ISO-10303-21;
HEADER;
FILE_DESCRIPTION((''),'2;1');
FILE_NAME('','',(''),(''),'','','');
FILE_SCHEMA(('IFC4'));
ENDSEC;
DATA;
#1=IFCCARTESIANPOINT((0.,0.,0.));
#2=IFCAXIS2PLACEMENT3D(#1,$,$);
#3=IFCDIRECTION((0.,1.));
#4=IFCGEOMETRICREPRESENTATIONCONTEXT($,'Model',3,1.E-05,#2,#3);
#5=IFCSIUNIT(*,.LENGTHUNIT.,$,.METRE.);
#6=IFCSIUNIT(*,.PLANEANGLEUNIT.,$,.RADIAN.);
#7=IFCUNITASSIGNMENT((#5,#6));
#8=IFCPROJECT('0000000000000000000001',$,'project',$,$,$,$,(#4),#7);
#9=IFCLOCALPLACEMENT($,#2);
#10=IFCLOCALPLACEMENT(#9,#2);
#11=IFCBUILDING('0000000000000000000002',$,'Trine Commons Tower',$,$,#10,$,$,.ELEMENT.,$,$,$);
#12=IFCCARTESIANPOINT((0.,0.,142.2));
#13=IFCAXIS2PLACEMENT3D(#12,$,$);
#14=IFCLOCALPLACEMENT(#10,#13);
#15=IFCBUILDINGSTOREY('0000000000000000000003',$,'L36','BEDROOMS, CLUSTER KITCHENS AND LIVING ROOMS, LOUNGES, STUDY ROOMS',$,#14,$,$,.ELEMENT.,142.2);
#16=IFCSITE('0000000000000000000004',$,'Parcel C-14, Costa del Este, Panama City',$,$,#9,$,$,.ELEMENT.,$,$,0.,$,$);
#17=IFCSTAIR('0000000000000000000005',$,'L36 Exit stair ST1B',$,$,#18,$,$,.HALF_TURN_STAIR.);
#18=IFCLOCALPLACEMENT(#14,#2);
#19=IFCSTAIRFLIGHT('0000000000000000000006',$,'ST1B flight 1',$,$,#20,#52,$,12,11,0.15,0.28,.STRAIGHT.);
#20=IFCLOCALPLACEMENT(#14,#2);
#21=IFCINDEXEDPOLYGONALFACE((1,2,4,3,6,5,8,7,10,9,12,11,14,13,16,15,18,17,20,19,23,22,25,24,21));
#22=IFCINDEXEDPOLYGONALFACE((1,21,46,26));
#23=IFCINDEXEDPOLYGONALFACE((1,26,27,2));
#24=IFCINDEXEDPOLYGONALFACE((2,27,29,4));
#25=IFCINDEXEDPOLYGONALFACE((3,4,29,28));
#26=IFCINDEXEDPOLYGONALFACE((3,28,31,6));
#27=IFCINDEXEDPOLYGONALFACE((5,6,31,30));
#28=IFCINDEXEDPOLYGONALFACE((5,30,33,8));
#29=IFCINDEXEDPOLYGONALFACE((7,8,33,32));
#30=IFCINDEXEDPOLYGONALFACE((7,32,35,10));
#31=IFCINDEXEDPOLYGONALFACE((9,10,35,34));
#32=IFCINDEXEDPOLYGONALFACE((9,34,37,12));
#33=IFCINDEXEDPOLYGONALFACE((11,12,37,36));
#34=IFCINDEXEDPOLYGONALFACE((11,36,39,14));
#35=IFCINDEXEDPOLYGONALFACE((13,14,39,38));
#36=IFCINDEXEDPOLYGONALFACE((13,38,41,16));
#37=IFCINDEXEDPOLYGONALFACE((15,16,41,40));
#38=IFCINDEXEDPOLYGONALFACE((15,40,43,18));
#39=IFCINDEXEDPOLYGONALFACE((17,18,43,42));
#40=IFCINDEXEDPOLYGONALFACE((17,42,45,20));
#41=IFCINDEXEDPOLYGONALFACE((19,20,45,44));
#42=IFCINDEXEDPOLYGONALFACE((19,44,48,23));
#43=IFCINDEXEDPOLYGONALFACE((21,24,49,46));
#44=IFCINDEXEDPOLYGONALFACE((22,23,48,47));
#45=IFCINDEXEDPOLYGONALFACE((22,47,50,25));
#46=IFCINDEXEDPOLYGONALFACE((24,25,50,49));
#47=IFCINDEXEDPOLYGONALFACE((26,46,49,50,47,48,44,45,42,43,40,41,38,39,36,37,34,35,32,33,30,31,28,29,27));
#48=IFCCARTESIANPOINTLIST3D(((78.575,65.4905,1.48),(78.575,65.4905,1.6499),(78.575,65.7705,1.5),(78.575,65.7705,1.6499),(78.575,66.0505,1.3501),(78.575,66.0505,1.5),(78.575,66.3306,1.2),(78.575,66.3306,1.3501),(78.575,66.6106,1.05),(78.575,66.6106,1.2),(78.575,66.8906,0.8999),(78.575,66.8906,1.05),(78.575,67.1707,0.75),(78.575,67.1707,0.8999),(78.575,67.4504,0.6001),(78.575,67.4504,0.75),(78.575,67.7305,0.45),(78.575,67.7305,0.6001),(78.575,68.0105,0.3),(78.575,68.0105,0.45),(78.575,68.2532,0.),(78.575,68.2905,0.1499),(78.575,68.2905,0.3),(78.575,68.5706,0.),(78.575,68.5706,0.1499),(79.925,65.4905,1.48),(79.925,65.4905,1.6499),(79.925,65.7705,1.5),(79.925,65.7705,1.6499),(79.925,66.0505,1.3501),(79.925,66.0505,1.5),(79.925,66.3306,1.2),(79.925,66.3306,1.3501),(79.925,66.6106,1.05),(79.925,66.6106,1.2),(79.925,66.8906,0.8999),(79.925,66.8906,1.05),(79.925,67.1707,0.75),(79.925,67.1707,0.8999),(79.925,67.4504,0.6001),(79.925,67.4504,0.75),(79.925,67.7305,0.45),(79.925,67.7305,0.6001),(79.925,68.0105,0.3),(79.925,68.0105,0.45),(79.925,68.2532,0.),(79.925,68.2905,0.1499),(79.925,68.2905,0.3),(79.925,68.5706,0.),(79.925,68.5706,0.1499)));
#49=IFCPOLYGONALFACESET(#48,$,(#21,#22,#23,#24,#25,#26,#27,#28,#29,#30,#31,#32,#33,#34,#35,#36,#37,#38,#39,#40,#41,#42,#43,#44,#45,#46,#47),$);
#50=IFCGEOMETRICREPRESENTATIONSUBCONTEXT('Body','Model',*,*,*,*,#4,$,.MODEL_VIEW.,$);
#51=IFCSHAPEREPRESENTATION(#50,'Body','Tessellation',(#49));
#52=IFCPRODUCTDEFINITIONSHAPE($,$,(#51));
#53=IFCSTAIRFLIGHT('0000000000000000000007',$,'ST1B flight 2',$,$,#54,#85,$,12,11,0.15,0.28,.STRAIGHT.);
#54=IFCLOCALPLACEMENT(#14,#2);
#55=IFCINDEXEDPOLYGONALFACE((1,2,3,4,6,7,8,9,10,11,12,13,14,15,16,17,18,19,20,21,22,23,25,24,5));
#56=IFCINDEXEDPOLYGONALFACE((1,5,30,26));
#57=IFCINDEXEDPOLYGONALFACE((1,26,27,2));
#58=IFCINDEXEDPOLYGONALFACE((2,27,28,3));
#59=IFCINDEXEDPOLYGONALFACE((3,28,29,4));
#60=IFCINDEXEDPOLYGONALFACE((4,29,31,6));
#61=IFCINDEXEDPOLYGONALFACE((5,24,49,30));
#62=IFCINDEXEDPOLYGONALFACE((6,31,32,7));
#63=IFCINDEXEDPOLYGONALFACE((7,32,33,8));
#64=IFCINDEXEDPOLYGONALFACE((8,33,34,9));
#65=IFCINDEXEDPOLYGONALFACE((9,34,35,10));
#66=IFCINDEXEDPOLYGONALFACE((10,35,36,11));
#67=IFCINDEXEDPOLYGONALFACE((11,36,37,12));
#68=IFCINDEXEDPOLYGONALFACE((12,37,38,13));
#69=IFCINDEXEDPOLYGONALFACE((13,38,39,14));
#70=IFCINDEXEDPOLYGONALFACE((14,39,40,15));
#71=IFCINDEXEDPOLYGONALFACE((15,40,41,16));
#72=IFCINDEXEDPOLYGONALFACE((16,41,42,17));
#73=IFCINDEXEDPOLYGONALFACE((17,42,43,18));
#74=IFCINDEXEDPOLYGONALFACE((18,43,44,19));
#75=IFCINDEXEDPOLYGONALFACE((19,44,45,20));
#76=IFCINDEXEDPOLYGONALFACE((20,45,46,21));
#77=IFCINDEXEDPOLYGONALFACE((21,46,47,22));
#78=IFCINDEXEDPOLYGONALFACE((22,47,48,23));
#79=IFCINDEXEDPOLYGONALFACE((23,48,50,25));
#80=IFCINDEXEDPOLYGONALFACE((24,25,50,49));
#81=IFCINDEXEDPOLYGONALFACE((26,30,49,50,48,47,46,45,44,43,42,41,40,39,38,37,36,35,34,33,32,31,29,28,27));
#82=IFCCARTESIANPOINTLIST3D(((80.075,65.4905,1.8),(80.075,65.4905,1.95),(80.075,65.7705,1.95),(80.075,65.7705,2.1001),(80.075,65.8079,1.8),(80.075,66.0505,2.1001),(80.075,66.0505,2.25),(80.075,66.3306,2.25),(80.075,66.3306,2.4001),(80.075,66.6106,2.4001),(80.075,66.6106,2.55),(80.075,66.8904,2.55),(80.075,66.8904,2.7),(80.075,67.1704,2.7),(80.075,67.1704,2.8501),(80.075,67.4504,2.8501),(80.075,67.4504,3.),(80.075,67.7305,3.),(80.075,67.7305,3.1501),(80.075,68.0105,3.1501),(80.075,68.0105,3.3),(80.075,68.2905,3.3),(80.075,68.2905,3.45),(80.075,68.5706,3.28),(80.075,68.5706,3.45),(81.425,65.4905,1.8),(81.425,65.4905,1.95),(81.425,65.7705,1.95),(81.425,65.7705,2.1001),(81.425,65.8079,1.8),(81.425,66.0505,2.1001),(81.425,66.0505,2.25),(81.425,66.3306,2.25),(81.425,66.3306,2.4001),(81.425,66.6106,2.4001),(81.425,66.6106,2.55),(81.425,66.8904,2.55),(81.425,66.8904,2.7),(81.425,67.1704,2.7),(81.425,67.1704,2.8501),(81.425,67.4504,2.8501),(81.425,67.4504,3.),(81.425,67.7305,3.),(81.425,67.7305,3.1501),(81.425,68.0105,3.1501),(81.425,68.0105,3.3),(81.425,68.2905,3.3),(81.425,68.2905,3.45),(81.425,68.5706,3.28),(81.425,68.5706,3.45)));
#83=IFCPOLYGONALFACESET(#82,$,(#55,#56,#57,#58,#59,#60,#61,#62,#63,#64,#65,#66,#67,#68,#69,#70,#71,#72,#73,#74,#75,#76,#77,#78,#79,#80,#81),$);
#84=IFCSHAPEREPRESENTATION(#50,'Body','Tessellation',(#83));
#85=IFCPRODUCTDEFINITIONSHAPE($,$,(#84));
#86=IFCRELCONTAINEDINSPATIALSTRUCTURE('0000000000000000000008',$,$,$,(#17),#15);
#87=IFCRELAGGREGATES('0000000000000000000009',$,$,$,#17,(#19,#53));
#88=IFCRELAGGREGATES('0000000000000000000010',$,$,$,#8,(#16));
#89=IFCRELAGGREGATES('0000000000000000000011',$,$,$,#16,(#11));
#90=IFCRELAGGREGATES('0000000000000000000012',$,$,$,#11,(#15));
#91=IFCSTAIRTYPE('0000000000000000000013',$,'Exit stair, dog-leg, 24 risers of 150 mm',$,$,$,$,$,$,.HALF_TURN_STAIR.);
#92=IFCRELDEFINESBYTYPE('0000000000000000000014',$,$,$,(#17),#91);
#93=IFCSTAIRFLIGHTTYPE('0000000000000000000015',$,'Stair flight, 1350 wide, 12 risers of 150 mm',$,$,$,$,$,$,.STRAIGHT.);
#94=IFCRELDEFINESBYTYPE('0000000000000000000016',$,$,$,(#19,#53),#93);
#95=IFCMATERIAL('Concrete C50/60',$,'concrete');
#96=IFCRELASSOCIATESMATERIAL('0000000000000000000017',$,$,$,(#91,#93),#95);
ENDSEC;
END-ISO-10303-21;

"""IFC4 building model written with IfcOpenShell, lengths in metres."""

from ifc_helpers import new_model, si_unit, direction, frame, origin, place, context, subcontext, project, spatial, polyline, outline, extrude, material, type_object, element, aggregate, save


model = new_model("IFC4")

# Units and contexts
model_context = context("Model", 3, precision=1e-05, world=origin(), true_north=direction((0.0, 1.0)))
body_context = subcontext(model_context, "Body", "Model", "MODEL_VIEW")
ifc_project = project(units=[si_unit("LENGTHUNIT", "METRE"), si_unit("PLANEANGLEUNIT", "RADIAN")], contexts=[model_context])

# Site, building, storey
site_placement = place(None, origin())
site = spatial("IfcSite", under=ifc_project, at=site_placement, Name="Parcel C-14, Costa del Este, Panama City", CompositionType="ELEMENT", RefElevation=0.0)
building_placement = place(site_placement, origin())
building = spatial("IfcBuilding", under=site, at=building_placement, Name="Trine Commons Tower", CompositionType="ELEMENT")
storey_placement = place(building_placement, frame((0.0, 0.0, 142.2)))
storey = spatial("IfcBuildingStorey", under=building, at=storey_placement, Name="L36", Description="BEDROOMS, CLUSTER KITCHENS AND LIVING ROOMS, LOUNGES, STUDY ROOMS", CompositionType="ELEMENT", Elevation=142.2)

# Shared definitions
ifc_material_1 = material(Name="Concrete C50/60", Category="concrete")

# Stair, stair flights
stair_type = type_object("IfcStairType", Name="Exit stair, dog-leg, 24 risers of 150 mm", PredefinedType="HALF_TURN_STAIR", material=ifc_material_1)
stair_placement = place(storey_placement, origin())
stair = element("IfcStair", 1, at=stair_placement, inside=storey, type_object=stair_type, Name="L36 Exit stair ST1B", PredefinedType="HALF_TURN_STAIR")
stair_flight_type = type_object("IfcStairFlightType", Name="Stair flight, 1350 wide, 12 risers of 150 mm", PredefinedType="STRAIGHT", material=ifc_material_1)
stair_flight_1_placement = place(storey_placement, frame((79.25, 68.5706, 0.0), z_axis=(0.0, 0.0, 1.0), x_axis=(0.0, -1.0, 0.0)))
stair_flight_1 = element("IfcStairFlight", 2, at=stair_flight_1_placement, type_object=stair_flight_type, Name="ST1B flight 1", NumberOfRisers=12, NumberOfTreads=11, PredefinedType="STRAIGHT", RiserHeight=0.15, TreadLength=0.28, context=body_context, shape_type="SweptSolid", body=[
    extrude(outline(polyline([(0.0, 0.0), (0.0, 0.1499), (0.28, 0.1499), (0.28, 0.3), (0.5601, 0.3), (0.5601, 0.45), (0.8401, 0.45), (0.8401, 0.6001), (1.1201, 0.6001), (1.1201, 0.75), (1.3999, 0.75), (1.3999, 0.8999), (1.6799, 0.8999), (1.6799, 1.05), (1.96, 1.05), (1.96, 1.2), (2.24, 1.2), (2.24, 1.3501), (2.52, 1.3501), (2.52, 1.5), (2.8, 1.5), (2.8, 1.6499), (3.0801, 1.6499), (3.0801, 1.8), (3.0801, 1.48), (0.3174, 0.0), (0.0, 0.0)])), frame((0.0, 0.675, 0.0), z_axis=(0.0, -1.0, 0.0), x_axis=(1.0, 0.0, 0.0)), (0.0, 0.0, 1.0), 1.3501),
])
stair_flight_2_placement = place(storey_placement, frame((80.75, 65.4905, 1.8), z_axis=(0.0, 0.0, 1.0), x_axis=(0.0, 1.0, 0.0)))
stair_flight_2 = element("IfcStairFlight", 3, at=stair_flight_2_placement, type_object=stair_flight_type, Name="ST1B flight 2", NumberOfRisers=12, NumberOfTreads=11, PredefinedType="STRAIGHT", RiserHeight=0.15, TreadLength=0.28, context=body_context, shape_type="SweptSolid", body=[
    extrude(outline(polyline([(0.0, 0.0), (0.0, 0.1499), (0.28, 0.1499), (0.28, 0.3), (0.5601, 0.3), (0.5601, 0.45), (0.8401, 0.45), (0.8401, 0.6001), (1.1201, 0.6001), (1.1201, 0.75), (1.3999, 0.75), (1.3999, 0.8999), (1.6799, 0.8999), (1.6799, 1.05), (1.96, 1.05), (1.96, 1.2), (2.24, 1.2), (2.24, 1.3501), (2.52, 1.3501), (2.52, 1.5), (2.8, 1.5), (2.8, 1.6499), (3.0801, 1.6499), (3.0801, 1.8), (3.0801, 1.48), (0.3174, 0.0), (0.0, 0.0)])), frame((0.0, 0.675, 0.0), z_axis=(0.0, -1.0, 0.0), x_axis=(1.0, 0.0, 0.0)), (0.0, 0.0, 1.0), 1.3501),
])
aggregate(stair, [stair_flight_1, stair_flight_2])

save(model, "model.ifc")
